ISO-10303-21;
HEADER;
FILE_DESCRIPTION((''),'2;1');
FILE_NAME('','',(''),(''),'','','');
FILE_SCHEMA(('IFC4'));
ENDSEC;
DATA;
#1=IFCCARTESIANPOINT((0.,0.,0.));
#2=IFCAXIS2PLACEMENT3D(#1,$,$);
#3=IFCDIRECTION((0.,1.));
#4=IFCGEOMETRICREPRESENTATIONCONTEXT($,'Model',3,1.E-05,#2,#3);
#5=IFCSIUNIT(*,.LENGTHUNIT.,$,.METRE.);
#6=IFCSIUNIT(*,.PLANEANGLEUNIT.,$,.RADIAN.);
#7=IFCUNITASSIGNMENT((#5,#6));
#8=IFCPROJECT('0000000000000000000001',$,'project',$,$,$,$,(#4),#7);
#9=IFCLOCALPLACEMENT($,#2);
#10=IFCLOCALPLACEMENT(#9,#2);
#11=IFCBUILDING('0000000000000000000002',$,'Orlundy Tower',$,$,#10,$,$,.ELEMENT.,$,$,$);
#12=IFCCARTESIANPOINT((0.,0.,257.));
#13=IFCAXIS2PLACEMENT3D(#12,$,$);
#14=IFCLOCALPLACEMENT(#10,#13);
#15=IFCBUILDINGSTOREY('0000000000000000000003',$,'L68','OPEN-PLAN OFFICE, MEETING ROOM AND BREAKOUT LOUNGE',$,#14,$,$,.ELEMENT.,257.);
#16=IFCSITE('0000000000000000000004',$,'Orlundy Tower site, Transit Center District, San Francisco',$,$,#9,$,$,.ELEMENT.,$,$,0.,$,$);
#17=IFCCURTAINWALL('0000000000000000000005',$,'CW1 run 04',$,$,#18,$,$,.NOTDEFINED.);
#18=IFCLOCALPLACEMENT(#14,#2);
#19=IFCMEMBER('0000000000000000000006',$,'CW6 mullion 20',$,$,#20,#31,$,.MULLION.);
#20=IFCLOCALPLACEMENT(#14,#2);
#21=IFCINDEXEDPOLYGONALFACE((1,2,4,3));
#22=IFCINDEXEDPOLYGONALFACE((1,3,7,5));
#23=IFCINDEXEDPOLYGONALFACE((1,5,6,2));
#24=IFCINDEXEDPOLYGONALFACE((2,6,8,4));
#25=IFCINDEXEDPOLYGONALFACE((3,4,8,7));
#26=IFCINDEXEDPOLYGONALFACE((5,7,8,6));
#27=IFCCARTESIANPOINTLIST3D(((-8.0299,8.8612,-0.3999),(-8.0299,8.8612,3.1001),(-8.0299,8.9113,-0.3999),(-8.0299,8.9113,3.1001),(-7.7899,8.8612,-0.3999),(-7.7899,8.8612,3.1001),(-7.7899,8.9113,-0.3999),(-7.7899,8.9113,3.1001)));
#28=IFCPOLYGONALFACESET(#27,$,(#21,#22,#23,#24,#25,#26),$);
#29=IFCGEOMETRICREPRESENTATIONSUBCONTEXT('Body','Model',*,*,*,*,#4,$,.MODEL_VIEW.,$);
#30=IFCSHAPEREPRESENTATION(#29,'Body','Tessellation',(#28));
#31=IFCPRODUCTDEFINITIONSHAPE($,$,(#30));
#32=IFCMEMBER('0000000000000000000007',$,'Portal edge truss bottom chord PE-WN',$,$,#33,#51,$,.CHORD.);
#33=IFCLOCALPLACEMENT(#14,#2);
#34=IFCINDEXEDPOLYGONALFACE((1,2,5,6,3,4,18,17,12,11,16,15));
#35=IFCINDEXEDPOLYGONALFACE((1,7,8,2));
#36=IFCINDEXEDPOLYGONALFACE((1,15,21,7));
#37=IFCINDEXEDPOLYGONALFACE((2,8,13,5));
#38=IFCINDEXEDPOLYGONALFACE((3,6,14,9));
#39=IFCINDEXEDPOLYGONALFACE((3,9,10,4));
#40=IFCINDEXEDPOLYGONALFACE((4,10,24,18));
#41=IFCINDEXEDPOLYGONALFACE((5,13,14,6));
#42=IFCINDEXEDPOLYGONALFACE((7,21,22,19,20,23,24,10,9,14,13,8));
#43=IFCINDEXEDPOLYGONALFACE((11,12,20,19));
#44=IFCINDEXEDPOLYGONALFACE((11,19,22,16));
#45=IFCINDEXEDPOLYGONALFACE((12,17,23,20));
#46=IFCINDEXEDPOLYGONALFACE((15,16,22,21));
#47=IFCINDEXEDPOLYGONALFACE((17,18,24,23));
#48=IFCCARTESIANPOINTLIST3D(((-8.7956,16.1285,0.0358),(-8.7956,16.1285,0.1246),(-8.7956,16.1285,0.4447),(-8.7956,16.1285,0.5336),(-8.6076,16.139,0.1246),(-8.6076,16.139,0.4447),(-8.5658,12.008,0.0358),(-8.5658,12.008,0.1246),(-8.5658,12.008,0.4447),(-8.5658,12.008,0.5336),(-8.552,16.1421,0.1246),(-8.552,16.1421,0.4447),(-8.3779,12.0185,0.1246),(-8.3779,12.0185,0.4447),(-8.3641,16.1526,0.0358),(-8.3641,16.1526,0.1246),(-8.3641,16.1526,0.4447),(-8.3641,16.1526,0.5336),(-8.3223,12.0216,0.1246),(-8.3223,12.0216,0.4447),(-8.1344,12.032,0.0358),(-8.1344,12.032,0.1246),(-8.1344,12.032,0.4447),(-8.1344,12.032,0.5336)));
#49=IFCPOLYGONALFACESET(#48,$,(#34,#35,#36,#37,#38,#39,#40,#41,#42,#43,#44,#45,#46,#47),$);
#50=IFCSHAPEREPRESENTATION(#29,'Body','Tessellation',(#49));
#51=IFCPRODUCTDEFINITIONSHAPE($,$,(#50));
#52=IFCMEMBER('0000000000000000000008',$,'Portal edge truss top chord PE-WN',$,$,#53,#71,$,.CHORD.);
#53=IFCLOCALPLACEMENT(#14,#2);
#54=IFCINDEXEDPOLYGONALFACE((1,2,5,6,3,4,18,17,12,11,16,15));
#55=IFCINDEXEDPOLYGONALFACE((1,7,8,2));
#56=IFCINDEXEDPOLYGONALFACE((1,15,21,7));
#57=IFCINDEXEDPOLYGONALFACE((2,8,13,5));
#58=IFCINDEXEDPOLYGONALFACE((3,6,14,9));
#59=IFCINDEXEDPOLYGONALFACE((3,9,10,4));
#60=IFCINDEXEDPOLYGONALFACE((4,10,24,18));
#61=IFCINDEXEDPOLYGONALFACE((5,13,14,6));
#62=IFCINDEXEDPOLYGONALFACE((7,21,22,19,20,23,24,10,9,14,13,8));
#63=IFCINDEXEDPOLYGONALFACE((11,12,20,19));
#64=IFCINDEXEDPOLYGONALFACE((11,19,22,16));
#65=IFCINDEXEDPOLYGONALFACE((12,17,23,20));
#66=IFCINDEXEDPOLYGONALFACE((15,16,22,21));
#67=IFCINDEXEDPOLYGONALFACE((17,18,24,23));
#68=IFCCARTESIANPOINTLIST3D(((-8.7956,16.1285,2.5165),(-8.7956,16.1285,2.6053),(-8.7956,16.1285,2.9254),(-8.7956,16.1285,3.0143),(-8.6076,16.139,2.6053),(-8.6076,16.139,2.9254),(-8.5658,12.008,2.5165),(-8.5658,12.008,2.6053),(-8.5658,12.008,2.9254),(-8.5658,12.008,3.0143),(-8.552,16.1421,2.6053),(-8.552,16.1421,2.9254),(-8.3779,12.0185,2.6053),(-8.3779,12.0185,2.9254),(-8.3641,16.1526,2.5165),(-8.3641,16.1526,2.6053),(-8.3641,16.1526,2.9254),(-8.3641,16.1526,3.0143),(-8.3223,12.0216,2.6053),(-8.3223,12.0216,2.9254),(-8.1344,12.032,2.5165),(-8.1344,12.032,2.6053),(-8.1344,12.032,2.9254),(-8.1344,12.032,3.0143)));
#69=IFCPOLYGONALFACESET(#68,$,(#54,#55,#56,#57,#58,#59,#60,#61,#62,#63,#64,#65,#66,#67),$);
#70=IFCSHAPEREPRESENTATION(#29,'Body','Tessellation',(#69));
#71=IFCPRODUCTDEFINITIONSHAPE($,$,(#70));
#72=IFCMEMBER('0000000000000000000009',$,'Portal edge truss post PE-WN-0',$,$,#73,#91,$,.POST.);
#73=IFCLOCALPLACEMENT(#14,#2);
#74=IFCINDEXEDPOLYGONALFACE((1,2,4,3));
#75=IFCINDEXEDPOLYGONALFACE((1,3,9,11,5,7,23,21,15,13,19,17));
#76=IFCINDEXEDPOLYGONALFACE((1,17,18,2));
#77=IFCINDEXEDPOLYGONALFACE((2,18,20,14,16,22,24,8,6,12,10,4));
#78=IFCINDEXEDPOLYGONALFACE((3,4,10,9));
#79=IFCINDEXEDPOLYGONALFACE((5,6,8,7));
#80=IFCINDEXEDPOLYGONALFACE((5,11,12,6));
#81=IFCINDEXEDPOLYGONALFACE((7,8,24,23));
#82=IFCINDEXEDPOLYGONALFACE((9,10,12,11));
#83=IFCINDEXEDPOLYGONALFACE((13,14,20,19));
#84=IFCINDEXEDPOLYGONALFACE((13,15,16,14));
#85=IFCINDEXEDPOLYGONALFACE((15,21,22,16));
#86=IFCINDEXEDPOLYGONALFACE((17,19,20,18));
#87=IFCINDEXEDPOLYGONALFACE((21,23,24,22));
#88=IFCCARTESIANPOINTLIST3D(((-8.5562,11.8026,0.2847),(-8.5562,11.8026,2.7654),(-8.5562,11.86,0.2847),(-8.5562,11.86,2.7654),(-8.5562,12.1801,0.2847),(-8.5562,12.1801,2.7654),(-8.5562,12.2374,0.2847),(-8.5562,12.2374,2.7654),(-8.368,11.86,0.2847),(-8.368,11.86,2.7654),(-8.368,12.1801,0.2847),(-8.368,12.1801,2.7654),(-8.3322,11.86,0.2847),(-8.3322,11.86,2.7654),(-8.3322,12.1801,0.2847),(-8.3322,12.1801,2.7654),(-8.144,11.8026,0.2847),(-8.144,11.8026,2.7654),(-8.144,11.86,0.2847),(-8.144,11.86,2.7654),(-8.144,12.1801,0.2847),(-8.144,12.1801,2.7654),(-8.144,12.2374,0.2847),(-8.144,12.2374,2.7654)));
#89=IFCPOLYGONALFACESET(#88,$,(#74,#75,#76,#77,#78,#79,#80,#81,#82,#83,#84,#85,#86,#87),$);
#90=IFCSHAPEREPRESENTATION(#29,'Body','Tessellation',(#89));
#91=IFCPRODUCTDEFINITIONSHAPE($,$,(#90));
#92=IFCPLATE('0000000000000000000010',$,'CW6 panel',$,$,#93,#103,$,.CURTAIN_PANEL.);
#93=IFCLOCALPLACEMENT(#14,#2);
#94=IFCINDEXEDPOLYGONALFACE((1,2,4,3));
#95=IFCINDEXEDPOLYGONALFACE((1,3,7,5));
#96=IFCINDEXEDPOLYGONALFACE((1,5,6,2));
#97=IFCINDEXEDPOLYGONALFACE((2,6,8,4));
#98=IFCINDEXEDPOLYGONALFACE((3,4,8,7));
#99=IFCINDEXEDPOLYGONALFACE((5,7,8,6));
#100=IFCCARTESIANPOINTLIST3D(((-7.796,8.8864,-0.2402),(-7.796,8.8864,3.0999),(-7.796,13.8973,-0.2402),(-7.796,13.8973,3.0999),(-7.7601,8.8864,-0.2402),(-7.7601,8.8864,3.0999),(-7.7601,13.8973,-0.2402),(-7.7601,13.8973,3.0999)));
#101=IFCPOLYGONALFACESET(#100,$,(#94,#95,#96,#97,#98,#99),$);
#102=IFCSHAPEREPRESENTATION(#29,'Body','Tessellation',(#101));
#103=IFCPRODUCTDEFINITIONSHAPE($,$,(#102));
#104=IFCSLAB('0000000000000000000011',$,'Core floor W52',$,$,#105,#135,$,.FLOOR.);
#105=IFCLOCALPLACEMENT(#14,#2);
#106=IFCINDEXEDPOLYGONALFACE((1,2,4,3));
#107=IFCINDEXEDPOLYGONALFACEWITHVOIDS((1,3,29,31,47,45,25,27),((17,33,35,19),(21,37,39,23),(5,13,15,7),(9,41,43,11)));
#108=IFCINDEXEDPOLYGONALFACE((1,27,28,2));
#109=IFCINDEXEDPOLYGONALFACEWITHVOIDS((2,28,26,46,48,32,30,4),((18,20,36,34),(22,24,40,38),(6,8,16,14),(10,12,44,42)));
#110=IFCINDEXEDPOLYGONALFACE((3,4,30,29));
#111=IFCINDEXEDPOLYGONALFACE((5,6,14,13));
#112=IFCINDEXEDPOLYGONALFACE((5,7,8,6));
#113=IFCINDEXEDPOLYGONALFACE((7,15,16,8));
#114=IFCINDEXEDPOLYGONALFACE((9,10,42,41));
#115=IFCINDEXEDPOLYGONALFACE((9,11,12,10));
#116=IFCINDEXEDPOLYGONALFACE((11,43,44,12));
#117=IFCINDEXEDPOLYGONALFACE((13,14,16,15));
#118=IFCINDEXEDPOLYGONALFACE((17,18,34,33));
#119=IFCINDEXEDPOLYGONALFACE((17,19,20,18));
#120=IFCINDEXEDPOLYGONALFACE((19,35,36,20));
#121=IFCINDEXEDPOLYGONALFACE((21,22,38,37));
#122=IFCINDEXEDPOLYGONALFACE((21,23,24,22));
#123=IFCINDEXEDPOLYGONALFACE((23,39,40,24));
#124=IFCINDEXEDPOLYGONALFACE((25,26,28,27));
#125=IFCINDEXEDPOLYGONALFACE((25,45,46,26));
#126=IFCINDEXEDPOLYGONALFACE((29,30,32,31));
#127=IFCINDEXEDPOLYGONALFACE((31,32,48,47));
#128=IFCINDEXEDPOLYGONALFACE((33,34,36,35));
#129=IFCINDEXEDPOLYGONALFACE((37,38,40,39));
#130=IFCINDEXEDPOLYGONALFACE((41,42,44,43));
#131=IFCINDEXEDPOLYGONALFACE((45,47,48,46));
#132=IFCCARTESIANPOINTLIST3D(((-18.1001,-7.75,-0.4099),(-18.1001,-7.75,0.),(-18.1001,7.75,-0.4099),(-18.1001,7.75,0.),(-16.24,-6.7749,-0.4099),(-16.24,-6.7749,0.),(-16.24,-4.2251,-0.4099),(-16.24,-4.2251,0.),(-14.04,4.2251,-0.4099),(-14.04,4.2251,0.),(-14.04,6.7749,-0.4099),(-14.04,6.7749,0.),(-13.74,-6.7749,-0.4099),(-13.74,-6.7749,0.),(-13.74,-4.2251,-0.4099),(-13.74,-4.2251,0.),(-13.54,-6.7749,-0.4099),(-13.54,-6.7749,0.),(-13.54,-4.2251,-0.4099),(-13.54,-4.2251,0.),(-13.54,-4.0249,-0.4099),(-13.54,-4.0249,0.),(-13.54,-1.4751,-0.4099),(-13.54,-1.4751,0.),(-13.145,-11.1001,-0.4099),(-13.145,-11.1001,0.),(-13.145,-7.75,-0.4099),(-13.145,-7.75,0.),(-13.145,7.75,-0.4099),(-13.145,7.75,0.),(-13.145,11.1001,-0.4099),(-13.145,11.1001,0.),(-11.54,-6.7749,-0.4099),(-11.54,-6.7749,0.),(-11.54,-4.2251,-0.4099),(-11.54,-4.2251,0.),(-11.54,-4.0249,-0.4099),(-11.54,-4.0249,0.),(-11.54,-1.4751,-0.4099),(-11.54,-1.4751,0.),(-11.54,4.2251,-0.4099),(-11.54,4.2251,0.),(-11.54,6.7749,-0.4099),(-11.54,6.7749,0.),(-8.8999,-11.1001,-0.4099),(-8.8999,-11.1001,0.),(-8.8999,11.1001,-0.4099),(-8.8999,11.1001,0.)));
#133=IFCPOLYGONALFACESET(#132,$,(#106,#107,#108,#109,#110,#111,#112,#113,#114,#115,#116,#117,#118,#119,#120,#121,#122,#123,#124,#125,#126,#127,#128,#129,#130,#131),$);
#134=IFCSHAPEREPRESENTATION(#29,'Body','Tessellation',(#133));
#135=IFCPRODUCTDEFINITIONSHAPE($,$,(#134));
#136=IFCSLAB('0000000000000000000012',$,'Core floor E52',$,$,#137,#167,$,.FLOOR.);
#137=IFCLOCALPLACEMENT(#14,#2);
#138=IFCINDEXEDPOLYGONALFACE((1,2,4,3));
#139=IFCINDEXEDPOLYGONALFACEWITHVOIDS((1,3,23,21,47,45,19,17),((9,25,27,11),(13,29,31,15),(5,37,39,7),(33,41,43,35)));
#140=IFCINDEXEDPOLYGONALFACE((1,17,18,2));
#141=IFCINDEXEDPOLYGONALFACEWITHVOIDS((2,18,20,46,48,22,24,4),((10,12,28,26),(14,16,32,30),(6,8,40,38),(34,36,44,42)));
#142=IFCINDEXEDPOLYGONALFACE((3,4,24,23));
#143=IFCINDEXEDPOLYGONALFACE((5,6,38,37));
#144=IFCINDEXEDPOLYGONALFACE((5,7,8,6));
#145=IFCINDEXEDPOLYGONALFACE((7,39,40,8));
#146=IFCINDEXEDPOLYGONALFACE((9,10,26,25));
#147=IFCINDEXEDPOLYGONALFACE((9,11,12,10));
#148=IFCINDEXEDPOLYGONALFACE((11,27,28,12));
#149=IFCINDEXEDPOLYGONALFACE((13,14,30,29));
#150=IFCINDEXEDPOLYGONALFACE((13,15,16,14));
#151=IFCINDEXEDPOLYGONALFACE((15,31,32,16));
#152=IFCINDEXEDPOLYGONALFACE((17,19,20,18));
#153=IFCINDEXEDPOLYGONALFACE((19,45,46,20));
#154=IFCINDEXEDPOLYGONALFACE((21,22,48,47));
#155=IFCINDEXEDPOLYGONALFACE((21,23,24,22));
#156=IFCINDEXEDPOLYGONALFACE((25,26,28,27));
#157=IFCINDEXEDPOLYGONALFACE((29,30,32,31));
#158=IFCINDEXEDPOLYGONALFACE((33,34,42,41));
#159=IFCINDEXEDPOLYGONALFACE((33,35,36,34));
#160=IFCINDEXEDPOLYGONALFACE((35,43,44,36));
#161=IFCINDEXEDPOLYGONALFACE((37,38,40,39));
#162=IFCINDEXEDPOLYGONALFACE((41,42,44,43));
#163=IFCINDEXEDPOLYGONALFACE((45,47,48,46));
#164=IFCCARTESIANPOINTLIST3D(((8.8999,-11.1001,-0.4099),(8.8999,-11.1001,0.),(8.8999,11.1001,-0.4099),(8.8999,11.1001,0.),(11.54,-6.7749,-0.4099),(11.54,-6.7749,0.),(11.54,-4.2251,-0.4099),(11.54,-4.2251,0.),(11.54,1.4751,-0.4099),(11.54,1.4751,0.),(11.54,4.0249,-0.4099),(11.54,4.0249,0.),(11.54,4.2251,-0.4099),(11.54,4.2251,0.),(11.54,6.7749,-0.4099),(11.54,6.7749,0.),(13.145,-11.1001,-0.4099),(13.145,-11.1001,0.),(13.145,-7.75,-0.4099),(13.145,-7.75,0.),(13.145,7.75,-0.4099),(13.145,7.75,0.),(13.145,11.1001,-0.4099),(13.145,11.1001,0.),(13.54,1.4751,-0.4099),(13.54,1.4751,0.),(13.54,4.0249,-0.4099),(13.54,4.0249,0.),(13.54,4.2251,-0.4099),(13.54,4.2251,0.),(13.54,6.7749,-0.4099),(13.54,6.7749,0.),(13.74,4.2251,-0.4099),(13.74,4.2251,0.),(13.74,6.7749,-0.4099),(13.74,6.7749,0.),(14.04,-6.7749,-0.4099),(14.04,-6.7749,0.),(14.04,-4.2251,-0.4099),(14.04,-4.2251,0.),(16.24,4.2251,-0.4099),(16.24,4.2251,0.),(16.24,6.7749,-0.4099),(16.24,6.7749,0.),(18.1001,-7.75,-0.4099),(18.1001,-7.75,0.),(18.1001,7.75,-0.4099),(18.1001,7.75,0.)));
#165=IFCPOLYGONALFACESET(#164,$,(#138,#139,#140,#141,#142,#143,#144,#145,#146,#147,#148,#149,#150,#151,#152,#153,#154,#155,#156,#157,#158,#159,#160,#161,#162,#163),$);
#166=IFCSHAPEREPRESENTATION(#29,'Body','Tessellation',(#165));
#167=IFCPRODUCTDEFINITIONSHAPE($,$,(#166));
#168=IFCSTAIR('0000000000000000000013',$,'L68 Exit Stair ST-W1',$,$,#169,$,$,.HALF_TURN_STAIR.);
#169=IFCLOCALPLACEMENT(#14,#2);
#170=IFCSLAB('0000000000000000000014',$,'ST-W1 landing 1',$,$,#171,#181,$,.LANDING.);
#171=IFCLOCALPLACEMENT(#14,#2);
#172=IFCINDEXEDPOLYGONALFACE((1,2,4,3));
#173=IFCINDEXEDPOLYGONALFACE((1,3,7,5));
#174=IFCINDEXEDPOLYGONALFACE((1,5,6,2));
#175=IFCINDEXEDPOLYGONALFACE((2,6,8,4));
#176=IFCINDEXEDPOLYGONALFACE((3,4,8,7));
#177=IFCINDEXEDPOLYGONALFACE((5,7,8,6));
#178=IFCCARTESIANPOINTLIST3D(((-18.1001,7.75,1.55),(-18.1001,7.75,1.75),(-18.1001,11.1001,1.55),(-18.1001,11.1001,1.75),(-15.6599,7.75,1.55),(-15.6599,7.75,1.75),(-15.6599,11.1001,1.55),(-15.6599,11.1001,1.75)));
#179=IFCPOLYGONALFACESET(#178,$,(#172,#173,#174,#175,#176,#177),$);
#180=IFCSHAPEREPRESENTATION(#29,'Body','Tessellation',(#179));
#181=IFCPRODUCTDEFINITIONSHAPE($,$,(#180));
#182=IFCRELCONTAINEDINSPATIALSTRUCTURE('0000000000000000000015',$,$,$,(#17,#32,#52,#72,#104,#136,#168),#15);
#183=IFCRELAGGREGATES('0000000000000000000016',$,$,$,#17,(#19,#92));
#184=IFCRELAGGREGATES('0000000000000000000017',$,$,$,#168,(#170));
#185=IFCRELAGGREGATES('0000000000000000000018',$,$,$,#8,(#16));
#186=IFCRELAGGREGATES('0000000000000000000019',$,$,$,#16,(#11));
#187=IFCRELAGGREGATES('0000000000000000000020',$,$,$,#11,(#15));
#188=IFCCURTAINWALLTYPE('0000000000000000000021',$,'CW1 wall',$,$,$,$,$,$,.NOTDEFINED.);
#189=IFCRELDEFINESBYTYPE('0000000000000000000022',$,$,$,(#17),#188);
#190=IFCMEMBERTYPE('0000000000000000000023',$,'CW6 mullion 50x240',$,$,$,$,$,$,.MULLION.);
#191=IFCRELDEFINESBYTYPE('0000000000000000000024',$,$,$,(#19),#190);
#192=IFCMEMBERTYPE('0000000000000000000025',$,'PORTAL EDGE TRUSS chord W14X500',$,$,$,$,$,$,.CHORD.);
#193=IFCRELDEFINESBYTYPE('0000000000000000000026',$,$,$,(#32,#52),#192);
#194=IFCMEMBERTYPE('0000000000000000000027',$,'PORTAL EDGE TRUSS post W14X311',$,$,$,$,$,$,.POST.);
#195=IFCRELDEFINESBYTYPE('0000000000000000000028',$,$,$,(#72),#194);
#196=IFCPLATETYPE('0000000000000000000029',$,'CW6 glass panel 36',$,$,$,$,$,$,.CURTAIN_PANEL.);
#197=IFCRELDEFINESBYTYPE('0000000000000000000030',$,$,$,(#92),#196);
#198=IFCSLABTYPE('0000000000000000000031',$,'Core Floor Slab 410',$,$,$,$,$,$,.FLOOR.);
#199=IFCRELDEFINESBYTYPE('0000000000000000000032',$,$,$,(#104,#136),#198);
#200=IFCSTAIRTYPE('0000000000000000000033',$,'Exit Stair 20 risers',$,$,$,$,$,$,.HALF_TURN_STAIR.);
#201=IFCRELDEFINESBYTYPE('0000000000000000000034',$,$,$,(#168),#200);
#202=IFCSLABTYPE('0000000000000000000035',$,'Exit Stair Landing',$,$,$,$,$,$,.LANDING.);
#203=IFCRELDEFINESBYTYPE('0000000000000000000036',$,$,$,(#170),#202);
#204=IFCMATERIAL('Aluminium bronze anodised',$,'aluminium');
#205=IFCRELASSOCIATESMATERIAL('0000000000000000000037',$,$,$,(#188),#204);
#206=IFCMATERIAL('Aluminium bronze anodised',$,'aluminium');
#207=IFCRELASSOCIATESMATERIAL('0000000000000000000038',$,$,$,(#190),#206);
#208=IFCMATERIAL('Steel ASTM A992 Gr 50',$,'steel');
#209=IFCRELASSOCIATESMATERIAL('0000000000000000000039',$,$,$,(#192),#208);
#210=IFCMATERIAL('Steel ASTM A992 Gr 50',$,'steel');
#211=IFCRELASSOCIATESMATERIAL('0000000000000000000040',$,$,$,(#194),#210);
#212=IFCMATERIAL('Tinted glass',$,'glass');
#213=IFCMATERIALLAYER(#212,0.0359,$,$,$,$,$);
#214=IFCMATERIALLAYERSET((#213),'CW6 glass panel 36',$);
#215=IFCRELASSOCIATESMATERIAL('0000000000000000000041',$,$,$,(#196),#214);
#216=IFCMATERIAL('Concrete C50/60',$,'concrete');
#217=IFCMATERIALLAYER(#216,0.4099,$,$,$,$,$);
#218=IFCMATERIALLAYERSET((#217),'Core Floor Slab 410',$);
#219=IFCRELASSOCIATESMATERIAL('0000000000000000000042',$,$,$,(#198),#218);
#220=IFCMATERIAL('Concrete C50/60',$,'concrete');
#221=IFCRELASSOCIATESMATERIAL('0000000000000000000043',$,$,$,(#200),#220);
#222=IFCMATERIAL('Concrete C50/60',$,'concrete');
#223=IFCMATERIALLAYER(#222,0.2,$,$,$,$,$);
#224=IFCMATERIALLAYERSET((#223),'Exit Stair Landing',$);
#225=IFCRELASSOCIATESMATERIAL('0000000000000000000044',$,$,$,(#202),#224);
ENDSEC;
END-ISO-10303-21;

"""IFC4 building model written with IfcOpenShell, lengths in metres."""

from ifc_helpers import new_model, si_unit, direction, frame, origin, origin_2d, place, context, subcontext, project, spatial, polyline, rectangle, i_section, outline, extrude, material, layer, layer_set, material_profile, profile_set, type_object, element, aggregate, save


model = new_model("IFC4")

# Units and contexts
model_context = context("Model", 3, precision=1e-05, world=origin(), true_north=direction((0.0, 1.0)))
body_context = subcontext(model_context, "Body", "Model", "MODEL_VIEW")
ifc_project = project(units=[si_unit("LENGTHUNIT", "METRE"), si_unit("PLANEANGLEUNIT", "RADIAN")], contexts=[model_context])

# Site, building, storey
site_placement = place(None, origin())
site = spatial("IfcSite", under=ifc_project, at=site_placement, Name="Orlundy Tower site, Transit Center District, San Francisco", CompositionType="ELEMENT", RefElevation=0.0)
building_placement = place(site_placement, origin())
building = spatial("IfcBuilding", under=site, at=building_placement, Name="Orlundy Tower", CompositionType="ELEMENT")
storey_placement = place(building_placement, frame((0.0, 0.0, 257.0)))
storey = spatial("IfcBuildingStorey", under=building, at=storey_placement, Name="L68", Description="OPEN-PLAN OFFICE, MEETING ROOM AND BREAKOUT LOUNGE", CompositionType="ELEMENT", Elevation=257.0)

# Curtain wall, member
ifc_material_1 = material(Name="Aluminium bronze anodised", Category="aluminium")
curtain_wall_type = type_object("IfcCurtainWallType", Name="CW1 wall", PredefinedType="NOTDEFINED", material=ifc_material_1)
curtain_wall_placement = place(storey_placement, origin())
curtain_wall = element("IfcCurtainWall", 1, at=curtain_wall_placement, inside=storey, type_object=curtain_wall_type, Name="CW1 run 04", PredefinedType="NOTDEFINED")
ifc_material_2 = material(Name="Aluminium bronze anodised", Category="aluminium")
ifc_material_profile_1 = material_profile(ifc_material_2, rectangle(XDim=0.24, YDim=0.05, at=origin_2d()), Name="CW6 mullion 50x240")
ifc_profile_set_1 = profile_set([ifc_material_profile_1], Name="Aluminium bronze anodised")
member_type_1 = type_object("IfcMemberType", Name="CW6 mullion 50x240", PredefinedType="MULLION", material=ifc_profile_set_1)
member_1_placement = place(storey_placement, frame((-7.9099, 8.8862, -0.3999), z_axis=(0.0, 0.0, 1.0), x_axis=(1.0, 0.0, 0.0)))
member_1 = element("IfcMember", 2, at=member_1_placement, type_object=member_type_1, Name="CW6 mullion 20", PredefinedType="MULLION", context=body_context, shape_type="SweptSolid", body=[
    extrude(rectangle(XDim=0.24, YDim=0.05, at=origin_2d()), origin(), (0.0, 0.0, 1.0), 3.5),
])

# Members
ifc_material_3 = material(Name="Steel ASTM A992 Gr 50", Category="steel")
ifc_material_profile_2 = material_profile(ifc_material_3, i_section(OverallWidth=0.4321, OverallDepth=0.4978, WebThickness=0.0557, FlangeThickness=0.0889, at=origin_2d()), Name="W14X500")
ifc_profile_set_2 = profile_set([ifc_material_profile_2], Name="Steel ASTM A992 Gr 50")
member_type_2 = type_object("IfcMemberType", Name="PORTAL EDGE TRUSS chord W14X500", PredefinedType="CHORD", material=ifc_profile_set_2)
for number, where, z_axis, x_axis, name in (
    (3, (-8.3501, 12.02, 0.2847), (-0.055667, 0.998449, 0.0), (-0.998449, -0.055667, 0.0), "Portal edge truss bottom chord PE-WN"),
    (4, (-8.3501, 12.02, 2.7654), (-0.055667, 0.998449, 0.0), (-0.998449, -0.055667, 0.0), "Portal edge truss top chord PE-WN"),
):
    element("IfcMember", number, at=place(storey_placement, frame(where, z_axis=z_axis, x_axis=x_axis)), inside=storey, type_object=member_type_2, Name=name, PredefinedType="CHORD", context=body_context, shape_type="SweptSolid", body=[
        extrude(i_section(OverallWidth=0.4321, OverallDepth=0.4978, WebThickness=0.0557, FlangeThickness=0.0889, at=origin_2d()), origin(), (0.0, 0.0, 1.0), 4.127),
    ])
ifc_material_4 = material(Name="Steel ASTM A992 Gr 50", Category="steel")
ifc_material_profile_3 = material_profile(ifc_material_4, i_section(OverallWidth=0.4121, OverallDepth=0.4348, WebThickness=0.0359, FlangeThickness=0.0574, at=origin_2d()), Name="W14X311")
ifc_profile_set_3 = profile_set([ifc_material_profile_3], Name="Steel ASTM A992 Gr 50")
member_type_3 = type_object("IfcMemberType", Name="PORTAL EDGE TRUSS post W14X311", PredefinedType="POST", material=ifc_profile_set_3)
member_2_placement = place(storey_placement, frame((-8.3501, 12.02, 0.2847), z_axis=(0.0, 0.0, 1.0), x_axis=(1.0, 0.0, 0.0)))
element("IfcMember", 5, at=member_2_placement, inside=storey, type_object=member_type_3, Name="Portal edge truss post PE-WN-0", PredefinedType="POST", context=body_context, shape_type="SweptSolid", body=[
    extrude(i_section(OverallWidth=0.4121, OverallDepth=0.4348, WebThickness=0.0359, FlangeThickness=0.0574, at=origin_2d()), origin(), (0.0, 0.0, 1.0), 2.4807),
])

# Plate
ifc_material_5 = material(Name="Tinted glass", Category="glass")
ifc_layer_1 = layer(ifc_material_5, 0.0359)
ifc_layer_set_1 = layer_set([ifc_layer_1], Name="CW6 glass panel 36")
plate_type = type_object("IfcPlateType", Name="CW6 glass panel 36", PredefinedType="CURTAIN_PANEL", material=ifc_layer_set_1)
plate_placement = place(storey_placement, frame((-7.7781, 11.3918, -0.2402), z_axis=(0.0, 0.0, 1.0), x_axis=(0.0, -1.0, 0.0)))
plate = element("IfcPlate", 6, at=plate_placement, type_object=plate_type, Name="CW6 panel", PredefinedType="CURTAIN_PANEL", context=body_context, shape_type="SweptSolid", body=[
    extrude(rectangle(XDim=5.011, YDim=0.0359, at=origin_2d()), origin(), (0.0, 0.0, 1.0), 3.3401),
])
aggregate(curtain_wall, [member_1, plate])

# Slabs
ifc_material_6 = material(Name="Concrete C50/60", Category="concrete")
ifc_layer_2 = layer(ifc_material_6, 0.4099)
ifc_layer_set_2 = layer_set([ifc_layer_2], Name="Core Floor Slab 410")
slab_type_1 = type_object("IfcSlabType", Name="Core Floor Slab 410", PredefinedType="FLOOR", material=ifc_layer_set_2)
slab_1_placement = place(storey_placement, frame((0.0, 0.0, -0.4099)))
element("IfcSlab", 7, at=slab_1_placement, inside=storey, type_object=slab_type_1, Name="Core floor W52", PredefinedType="FLOOR", context=body_context, shape_type="SweptSolid", body=[
    extrude(outline(polyline([(-18.1001, 7.75), (-13.145, 7.75), (-13.145, 11.1001), (-8.8999, 11.1001), (-8.8999, -11.1001), (-13.145, -11.1001), (-13.145, -7.75), (-18.1001, -7.75), (-18.1001, 7.75)]), holes=[polyline([(-13.54, -4.2251), (-13.54, -6.7749), (-11.54, -6.7749), (-11.54, -4.2251), (-13.54, -4.2251)]), polyline([(-13.74, -4.2251), (-16.24, -4.2251), (-16.24, -6.7749), (-13.74, -6.7749), (-13.74, -4.2251)]), polyline([(-11.54, -4.0249), (-11.54, -1.4751), (-13.54, -1.4751), (-13.54, -4.0249), (-11.54, -4.0249)]), polyline([(-14.04, 4.2251), (-11.54, 4.2251), (-11.54, 6.7749), (-14.04, 6.7749), (-14.04, 4.2251)])]), origin(), (0.0, 0.0, 1.0), 0.4099),
])
slab_2_placement = place(storey_placement, frame((0.0, 0.0, -0.4099)))
element("IfcSlab", 8, at=slab_2_placement, inside=storey, type_object=slab_type_1, Name="Core floor E52", PredefinedType="FLOOR", context=body_context, shape_type="SweptSolid", body=[
    extrude(outline(polyline([(18.1001, -7.75), (13.145, -7.75), (13.145, -11.1001), (8.8999, -11.1001), (8.8999, 11.1001), (13.145, 11.1001), (13.145, 7.75), (18.1001, 7.75), (18.1001, -7.75)]), holes=[polyline([(13.54, 4.2251), (13.54, 6.7749), (11.54, 6.7749), (11.54, 4.2251), (13.54, 4.2251)]), polyline([(13.74, 4.2251), (16.24, 4.2251), (16.24, 6.7749), (13.74, 6.7749), (13.74, 4.2251)]), polyline([(11.54, 4.0249), (11.54, 1.4751), (13.54, 1.4751), (13.54, 4.0249), (11.54, 4.0249)]), polyline([(14.04, -4.2251), (11.54, -4.2251), (11.54, -6.7749), (14.04, -6.7749), (14.04, -4.2251)])]), origin(), (0.0, 0.0, 1.0), 0.4099),
])

# Stair, slab
ifc_material_7 = material(Name="Concrete C50/60", Category="concrete")
stair_type = type_object("IfcStairType", Name="Exit Stair 20 risers", PredefinedType="HALF_TURN_STAIR", material=ifc_material_7)
stair_1_placement = place(storey_placement, origin())
stair_1 = element("IfcStair", 9, at=stair_1_placement, inside=storey, type_object=stair_type, Name="L68 Exit Stair ST-W1", PredefinedType="HALF_TURN_STAIR")
ifc_material_8 = material(Name="Concrete C50/60", Category="concrete")
ifc_layer_3 = layer(ifc_material_8, 0.2)
ifc_layer_set_3 = layer_set([ifc_layer_3], Name="Exit Stair Landing")
slab_type_2 = type_object("IfcSlabType", Name="Exit Stair Landing", PredefinedType="LANDING", material=ifc_layer_set_3)
slab_3_placement = place(storey_placement, frame((0.0, 0.0, 1.55)))
slab_3 = element("IfcSlab", 10, at=slab_3_placement, type_object=slab_type_2, Name="ST-W1 landing 1", PredefinedType="LANDING", context=body_context, shape_type="SweptSolid", body=[
    extrude(outline(polyline([(-15.6599, 11.1001), (-18.1001, 11.1001), (-18.1001, 7.75), (-15.6599, 7.75), (-15.6599, 11.1001)])), origin(), (0.0, 0.0, 1.0), 0.2),
])
aggregate(stair_1, [slab_3])

save(model, "model.ifc")
